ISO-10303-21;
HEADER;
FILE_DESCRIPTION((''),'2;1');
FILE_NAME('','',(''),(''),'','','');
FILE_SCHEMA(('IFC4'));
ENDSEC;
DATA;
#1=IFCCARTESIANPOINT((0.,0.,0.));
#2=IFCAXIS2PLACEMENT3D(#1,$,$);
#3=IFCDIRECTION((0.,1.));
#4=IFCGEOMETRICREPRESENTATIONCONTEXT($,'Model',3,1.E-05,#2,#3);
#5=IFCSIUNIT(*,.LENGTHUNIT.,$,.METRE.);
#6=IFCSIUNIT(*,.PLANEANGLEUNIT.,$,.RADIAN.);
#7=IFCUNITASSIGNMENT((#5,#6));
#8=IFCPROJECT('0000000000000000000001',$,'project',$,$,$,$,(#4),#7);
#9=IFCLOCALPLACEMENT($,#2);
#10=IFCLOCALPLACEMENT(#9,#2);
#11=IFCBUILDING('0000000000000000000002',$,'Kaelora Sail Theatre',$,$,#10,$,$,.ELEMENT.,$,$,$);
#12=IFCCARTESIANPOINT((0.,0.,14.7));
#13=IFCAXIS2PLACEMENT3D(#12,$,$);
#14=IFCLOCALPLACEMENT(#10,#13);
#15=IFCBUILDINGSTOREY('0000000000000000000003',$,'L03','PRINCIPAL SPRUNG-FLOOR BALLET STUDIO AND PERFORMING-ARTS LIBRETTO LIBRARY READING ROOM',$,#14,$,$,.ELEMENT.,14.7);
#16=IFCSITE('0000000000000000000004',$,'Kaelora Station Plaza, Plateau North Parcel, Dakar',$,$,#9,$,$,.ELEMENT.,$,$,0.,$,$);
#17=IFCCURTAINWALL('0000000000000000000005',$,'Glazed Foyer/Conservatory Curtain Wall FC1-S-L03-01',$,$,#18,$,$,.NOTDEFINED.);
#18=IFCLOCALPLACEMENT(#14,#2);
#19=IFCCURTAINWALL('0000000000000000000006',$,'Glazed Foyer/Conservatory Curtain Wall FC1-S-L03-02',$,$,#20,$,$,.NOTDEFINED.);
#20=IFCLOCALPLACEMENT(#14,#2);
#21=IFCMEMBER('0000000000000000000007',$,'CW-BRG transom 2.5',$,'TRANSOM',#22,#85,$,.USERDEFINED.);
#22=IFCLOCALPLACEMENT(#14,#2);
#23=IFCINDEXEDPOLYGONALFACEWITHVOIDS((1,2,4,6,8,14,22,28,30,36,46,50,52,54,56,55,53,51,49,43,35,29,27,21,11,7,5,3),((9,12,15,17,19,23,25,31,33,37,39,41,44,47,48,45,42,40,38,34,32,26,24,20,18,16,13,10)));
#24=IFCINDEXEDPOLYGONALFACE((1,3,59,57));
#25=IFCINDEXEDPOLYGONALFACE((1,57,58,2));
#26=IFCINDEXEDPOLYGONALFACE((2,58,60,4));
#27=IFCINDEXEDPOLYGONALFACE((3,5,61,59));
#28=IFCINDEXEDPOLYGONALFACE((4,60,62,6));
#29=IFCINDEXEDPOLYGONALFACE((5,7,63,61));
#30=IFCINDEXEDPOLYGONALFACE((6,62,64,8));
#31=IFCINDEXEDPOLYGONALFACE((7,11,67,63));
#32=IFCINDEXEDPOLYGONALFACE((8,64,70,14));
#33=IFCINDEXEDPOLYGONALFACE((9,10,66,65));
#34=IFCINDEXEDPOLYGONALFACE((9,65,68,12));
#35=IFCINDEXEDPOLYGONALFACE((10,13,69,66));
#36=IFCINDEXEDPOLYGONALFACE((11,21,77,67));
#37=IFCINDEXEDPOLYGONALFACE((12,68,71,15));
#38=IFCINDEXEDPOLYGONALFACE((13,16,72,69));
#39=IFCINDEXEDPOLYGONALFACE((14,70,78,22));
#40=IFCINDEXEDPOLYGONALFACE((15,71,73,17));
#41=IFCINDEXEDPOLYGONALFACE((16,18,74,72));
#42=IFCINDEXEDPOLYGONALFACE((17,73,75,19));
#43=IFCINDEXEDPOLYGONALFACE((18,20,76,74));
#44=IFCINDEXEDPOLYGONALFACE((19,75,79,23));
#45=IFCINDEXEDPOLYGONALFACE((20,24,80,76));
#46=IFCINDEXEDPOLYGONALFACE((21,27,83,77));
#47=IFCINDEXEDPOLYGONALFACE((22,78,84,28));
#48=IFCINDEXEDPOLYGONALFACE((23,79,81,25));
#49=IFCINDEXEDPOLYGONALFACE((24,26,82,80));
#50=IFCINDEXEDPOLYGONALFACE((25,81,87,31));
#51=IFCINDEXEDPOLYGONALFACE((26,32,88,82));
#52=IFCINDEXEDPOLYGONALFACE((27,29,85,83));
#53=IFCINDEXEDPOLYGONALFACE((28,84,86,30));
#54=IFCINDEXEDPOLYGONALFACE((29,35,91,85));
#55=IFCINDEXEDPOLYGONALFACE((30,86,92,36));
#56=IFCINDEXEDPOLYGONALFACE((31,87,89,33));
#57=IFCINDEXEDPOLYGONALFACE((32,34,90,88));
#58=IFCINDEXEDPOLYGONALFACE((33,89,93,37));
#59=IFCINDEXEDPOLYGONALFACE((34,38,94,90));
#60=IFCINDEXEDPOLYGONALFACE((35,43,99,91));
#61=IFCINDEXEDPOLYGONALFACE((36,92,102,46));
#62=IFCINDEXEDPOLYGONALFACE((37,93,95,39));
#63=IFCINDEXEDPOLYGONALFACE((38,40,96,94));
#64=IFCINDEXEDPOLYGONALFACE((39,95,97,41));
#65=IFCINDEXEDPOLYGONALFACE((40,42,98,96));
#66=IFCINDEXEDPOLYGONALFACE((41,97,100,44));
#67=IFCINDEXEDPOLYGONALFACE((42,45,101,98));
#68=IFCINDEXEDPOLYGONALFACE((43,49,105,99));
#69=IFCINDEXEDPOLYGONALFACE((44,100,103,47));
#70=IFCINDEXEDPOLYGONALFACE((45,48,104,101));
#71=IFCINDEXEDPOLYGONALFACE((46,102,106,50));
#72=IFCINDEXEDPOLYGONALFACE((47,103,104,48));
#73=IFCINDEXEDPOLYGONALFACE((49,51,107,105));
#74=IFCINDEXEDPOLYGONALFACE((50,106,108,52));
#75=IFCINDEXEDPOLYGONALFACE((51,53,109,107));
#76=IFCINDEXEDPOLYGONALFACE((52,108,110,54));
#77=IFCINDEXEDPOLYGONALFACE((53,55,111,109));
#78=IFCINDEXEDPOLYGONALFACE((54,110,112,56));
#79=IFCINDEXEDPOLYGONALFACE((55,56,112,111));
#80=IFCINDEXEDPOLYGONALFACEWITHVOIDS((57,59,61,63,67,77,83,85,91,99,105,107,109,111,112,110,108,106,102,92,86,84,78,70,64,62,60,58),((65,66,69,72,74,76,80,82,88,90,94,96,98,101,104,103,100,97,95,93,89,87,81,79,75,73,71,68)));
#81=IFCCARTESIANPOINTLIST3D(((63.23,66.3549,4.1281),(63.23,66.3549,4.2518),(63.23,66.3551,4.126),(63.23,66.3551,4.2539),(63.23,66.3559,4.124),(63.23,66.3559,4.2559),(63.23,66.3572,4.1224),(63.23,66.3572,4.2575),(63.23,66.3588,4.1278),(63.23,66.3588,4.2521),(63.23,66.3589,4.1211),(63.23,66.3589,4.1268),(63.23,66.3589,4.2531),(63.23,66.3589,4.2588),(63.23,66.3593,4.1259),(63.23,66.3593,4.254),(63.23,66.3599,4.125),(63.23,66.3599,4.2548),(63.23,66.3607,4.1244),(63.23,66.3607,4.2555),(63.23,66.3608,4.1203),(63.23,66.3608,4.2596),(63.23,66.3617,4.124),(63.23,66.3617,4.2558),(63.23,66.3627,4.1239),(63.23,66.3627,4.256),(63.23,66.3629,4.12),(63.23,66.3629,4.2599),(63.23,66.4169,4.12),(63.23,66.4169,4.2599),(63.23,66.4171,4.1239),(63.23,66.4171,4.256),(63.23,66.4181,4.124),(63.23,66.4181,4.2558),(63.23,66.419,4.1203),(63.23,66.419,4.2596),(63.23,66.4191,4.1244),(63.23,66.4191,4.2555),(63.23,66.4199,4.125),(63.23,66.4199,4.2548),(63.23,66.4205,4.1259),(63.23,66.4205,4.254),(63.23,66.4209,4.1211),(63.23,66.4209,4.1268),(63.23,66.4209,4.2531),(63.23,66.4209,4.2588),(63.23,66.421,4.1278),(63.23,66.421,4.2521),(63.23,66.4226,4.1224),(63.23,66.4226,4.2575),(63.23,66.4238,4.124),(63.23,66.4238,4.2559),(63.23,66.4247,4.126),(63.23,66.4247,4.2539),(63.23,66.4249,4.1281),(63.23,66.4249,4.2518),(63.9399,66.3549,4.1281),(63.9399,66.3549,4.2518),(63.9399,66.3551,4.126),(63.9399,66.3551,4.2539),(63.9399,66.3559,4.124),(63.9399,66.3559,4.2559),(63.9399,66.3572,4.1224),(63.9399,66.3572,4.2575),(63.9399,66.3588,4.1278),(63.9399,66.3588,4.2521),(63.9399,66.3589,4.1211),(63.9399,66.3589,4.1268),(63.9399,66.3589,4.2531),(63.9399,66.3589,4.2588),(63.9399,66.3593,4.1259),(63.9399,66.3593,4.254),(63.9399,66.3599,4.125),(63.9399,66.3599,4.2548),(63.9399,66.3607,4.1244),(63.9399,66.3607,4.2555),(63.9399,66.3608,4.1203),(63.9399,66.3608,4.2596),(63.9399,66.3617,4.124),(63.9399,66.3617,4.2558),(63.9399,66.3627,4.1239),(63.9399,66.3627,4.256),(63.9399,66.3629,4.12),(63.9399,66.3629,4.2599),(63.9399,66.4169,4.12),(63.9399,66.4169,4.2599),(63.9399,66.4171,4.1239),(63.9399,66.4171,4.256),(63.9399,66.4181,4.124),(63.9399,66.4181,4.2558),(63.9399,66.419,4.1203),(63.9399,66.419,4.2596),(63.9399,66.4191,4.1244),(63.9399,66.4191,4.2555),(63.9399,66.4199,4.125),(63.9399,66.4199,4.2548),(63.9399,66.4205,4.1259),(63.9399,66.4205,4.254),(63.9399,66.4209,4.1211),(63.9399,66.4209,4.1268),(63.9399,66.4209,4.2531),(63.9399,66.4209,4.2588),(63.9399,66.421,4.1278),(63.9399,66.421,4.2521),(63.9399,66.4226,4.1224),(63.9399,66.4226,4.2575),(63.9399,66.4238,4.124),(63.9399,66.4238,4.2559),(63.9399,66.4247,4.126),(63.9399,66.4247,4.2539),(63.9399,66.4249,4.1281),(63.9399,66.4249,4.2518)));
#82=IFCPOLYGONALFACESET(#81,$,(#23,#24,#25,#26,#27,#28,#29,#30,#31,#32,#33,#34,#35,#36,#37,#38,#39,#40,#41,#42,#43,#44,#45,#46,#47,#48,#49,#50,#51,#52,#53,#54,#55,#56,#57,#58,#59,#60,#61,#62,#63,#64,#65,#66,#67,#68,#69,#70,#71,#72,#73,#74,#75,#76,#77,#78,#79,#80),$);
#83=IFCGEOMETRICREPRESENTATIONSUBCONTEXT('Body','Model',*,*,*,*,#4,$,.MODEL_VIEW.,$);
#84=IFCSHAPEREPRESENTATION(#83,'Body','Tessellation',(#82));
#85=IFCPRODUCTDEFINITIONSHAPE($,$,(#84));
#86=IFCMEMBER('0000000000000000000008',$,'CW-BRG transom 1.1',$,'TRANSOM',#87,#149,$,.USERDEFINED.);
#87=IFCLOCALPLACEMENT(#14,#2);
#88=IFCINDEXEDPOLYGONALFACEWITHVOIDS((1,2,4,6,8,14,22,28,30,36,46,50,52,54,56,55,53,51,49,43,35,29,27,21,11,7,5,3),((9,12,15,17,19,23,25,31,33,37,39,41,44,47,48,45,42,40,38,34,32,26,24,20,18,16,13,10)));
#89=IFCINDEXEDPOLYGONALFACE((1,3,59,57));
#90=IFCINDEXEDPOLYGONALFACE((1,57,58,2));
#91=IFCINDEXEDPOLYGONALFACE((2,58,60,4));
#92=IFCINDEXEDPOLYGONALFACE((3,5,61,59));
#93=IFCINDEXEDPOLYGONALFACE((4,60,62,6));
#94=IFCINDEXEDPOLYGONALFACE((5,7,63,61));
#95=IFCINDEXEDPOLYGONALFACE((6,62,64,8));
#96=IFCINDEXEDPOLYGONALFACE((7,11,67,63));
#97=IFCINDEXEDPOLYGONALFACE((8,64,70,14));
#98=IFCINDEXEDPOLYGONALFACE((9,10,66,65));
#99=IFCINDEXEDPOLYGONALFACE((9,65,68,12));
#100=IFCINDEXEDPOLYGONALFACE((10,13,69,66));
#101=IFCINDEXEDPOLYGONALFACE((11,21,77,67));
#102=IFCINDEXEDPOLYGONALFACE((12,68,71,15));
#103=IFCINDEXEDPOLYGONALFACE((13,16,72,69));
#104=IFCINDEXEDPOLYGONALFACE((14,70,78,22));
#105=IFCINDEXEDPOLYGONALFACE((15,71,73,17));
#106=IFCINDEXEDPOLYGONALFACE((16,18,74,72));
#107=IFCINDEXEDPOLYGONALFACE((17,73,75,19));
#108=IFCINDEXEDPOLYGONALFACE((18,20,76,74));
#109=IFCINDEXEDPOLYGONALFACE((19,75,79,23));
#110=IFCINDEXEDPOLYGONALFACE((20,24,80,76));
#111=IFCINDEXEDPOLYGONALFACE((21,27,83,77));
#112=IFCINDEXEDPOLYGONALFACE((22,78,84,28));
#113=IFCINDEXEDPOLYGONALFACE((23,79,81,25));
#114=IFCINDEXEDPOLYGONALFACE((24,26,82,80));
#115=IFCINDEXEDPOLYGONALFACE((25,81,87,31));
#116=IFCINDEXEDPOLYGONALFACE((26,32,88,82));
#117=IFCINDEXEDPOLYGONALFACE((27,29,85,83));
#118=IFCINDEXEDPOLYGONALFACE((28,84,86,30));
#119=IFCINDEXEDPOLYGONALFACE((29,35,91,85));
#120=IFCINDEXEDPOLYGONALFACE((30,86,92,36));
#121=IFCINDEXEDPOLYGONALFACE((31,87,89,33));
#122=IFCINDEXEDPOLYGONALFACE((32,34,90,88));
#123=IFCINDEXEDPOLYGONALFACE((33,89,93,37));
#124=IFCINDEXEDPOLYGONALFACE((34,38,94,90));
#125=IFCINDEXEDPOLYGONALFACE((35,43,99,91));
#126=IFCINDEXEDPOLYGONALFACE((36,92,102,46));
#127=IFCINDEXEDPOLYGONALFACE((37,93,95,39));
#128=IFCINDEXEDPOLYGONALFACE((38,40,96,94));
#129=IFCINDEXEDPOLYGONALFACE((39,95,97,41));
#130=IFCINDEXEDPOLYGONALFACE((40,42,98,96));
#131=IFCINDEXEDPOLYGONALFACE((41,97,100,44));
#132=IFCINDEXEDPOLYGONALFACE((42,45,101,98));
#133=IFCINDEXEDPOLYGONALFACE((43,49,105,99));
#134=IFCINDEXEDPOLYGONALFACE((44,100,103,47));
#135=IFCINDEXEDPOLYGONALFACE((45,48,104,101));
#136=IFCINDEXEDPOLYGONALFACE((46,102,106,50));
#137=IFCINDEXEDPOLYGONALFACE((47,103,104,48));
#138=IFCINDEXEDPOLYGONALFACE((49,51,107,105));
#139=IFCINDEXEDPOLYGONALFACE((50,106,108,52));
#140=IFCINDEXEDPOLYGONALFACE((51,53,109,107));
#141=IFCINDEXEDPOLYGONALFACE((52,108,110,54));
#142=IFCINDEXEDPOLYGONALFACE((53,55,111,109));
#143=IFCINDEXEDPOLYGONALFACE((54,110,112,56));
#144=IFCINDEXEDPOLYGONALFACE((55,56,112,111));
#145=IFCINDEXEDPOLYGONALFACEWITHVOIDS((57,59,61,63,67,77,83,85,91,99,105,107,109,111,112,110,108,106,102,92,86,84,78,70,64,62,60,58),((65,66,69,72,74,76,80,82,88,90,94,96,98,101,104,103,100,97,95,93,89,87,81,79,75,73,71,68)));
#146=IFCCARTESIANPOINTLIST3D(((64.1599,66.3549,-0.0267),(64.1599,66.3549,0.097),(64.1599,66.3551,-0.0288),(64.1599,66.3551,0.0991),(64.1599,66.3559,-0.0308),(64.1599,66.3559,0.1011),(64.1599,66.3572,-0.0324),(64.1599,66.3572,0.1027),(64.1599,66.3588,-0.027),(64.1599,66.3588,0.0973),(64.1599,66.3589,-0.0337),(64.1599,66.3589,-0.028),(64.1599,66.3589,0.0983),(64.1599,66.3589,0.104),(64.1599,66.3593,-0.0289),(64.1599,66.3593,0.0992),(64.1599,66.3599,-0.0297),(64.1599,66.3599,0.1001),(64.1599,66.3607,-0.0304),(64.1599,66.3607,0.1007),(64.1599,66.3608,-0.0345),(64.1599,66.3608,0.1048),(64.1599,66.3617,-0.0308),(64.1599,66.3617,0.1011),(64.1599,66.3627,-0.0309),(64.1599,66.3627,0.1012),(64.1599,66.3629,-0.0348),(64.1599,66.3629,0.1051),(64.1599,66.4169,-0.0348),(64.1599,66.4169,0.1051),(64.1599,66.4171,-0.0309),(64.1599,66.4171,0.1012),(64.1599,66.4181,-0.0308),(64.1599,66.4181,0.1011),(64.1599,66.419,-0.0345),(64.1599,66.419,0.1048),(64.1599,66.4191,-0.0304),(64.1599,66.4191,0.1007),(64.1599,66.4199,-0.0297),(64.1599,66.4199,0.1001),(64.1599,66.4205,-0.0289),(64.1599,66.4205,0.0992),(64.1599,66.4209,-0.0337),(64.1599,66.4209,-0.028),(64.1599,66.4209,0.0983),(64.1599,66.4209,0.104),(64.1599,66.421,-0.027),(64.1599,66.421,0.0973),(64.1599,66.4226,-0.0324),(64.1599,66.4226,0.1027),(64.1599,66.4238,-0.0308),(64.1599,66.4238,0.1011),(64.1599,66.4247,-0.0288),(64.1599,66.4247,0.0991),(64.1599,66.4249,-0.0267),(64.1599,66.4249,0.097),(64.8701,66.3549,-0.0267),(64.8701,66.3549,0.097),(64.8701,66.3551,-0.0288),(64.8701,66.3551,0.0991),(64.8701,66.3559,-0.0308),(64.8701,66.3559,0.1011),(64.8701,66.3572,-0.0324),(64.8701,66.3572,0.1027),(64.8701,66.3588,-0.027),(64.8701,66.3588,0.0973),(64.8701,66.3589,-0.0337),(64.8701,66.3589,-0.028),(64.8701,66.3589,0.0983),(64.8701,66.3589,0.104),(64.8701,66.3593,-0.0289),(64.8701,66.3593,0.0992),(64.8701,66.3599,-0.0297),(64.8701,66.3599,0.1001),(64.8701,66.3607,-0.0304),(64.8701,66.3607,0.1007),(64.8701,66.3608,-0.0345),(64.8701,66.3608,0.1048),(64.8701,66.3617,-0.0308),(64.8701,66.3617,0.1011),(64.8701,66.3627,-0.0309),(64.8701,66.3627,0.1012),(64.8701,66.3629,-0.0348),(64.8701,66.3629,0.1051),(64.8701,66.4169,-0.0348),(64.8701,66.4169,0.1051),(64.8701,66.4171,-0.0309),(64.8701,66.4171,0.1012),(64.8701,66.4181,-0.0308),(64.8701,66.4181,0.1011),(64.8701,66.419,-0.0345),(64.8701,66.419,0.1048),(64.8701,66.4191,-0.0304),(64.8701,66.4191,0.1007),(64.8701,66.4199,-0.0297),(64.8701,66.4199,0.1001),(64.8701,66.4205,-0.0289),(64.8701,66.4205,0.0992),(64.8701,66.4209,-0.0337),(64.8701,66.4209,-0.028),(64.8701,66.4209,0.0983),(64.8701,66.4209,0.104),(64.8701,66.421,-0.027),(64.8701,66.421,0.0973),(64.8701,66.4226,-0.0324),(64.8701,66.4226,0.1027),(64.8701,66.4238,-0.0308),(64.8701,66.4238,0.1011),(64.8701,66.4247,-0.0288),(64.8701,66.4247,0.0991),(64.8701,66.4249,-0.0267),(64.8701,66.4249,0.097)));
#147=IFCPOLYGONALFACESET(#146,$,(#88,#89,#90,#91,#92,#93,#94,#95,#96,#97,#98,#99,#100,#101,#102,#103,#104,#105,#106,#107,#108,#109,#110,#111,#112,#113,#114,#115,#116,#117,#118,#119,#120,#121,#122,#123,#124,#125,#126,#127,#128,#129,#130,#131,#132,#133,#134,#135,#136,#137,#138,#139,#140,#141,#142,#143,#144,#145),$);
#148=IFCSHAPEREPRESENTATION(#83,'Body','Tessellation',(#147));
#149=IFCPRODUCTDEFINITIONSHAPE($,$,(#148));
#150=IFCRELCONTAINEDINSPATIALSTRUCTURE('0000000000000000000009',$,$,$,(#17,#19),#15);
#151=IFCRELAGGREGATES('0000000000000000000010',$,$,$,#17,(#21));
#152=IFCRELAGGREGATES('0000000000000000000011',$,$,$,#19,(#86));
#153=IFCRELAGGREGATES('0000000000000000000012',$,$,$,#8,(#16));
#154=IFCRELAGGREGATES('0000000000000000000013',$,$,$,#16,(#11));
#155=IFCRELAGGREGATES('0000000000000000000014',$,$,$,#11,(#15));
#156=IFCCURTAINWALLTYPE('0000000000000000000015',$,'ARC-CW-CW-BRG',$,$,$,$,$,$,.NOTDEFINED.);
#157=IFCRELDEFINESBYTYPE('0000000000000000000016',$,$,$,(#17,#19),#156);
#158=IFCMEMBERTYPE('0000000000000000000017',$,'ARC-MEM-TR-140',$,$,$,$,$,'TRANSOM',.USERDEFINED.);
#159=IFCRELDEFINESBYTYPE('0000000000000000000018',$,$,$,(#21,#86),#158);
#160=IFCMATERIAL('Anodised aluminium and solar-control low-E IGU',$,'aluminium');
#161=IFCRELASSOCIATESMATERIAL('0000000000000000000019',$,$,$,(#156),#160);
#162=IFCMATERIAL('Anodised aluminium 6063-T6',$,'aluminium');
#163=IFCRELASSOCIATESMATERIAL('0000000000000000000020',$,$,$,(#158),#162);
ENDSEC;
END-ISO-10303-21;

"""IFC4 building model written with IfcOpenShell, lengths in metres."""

from ifc_helpers import new_model, si_unit, direction, frame, origin, origin_2d, place, context, subcontext, project, spatial, hollow_rectangle, extrude, material, material_profile, profile_set, type_object, element, aggregate, save


model = new_model("IFC4")

# Units and contexts
model_context = context("Model", 3, precision=1e-05, world=origin(), true_north=direction((0.0, 1.0)))
body_context = subcontext(model_context, "Body", "Model", "MODEL_VIEW")
ifc_project = project(units=[si_unit("LENGTHUNIT", "METRE"), si_unit("PLANEANGLEUNIT", "RADIAN")], contexts=[model_context])

# Site, building, storey
site_placement = place(None, origin())
site = spatial("IfcSite", under=ifc_project, at=site_placement, Name="Kaelora Station Plaza, Plateau North Parcel, Dakar", CompositionType="ELEMENT", RefElevation=0.0)
building_placement = place(site_placement, origin())
building = spatial("IfcBuilding", under=site, at=building_placement, Name="Kaelora Sail Theatre", CompositionType="ELEMENT")
storey_placement = place(building_placement, frame((0.0, 0.0, 14.7)))
storey = spatial("IfcBuildingStorey", under=building, at=storey_placement, Name="L03", Description="PRINCIPAL SPRUNG-FLOOR BALLET STUDIO AND PERFORMING-ARTS LIBRETTO LIBRARY READING ROOM", CompositionType="ELEMENT", Elevation=14.7)

# Curtain wall
ifc_material_1 = material(Name="Anodised aluminium and solar-control low-E IGU", Category="aluminium")
curtain_wall_type = type_object("IfcCurtainWallType", Name="ARC-CW-CW-BRG", PredefinedType="NOTDEFINED", material=ifc_material_1)
curtain_wall_1_placement = place(storey_placement, origin())
curtain_wall_1 = element("IfcCurtainWall", 1, at=curtain_wall_1_placement, inside=storey, type_object=curtain_wall_type, Name="Glazed Foyer/Conservatory Curtain Wall FC1-S-L03-01", PredefinedType="NOTDEFINED")

# Curtain wall
curtain_wall_2_placement = place(storey_placement, origin())
curtain_wall_2 = element("IfcCurtainWall", 2, at=curtain_wall_2_placement, inside=storey, type_object=curtain_wall_type, Name="Glazed Foyer/Conservatory Curtain Wall FC1-S-L03-02", PredefinedType="NOTDEFINED")

# Members
ifc_material_2 = material(Name="Anodised aluminium 6063-T6", Category="aluminium")
ifc_material_profile_1 = material_profile(ifc_material_2, hollow_rectangle(XDim=0.0701, YDim=0.1399, WallThickness=0.0039, InnerFilletRadius=0.0039, OuterFilletRadius=0.0081, at=origin_2d()), Name="ALU-TRAN 70x140x4")
ifc_profile_set_1 = profile_set([ifc_material_profile_1], Name="Anodised aluminium 6063-T6")
member_type_1 = type_object("IfcMemberType", Name="ARC-MEM-TR-140", ElementType="TRANSOM", PredefinedType="USERDEFINED", material=ifc_profile_set_1)
member_1_placement = place(storey_placement, frame((63.23, 66.3899, 4.1899), z_axis=(1.0, 0.0, 0.0), x_axis=(0.0, 1.0, 0.0)))
member_1 = element("IfcMember", 3, at=member_1_placement, type_object=member_type_1, Name="CW-BRG transom 2.5", ObjectType="TRANSOM", PredefinedType="USERDEFINED", context=body_context, shape_type="SweptSolid", body=[
    extrude(hollow_rectangle(XDim=0.0701, YDim=0.1399, WallThickness=0.0039, InnerFilletRadius=0.0039, OuterFilletRadius=0.0081, at=origin_2d()), origin(), (0.0, 0.0, 1.0), 0.71),
])
member_2_placement = place(storey_placement, frame((64.1599, 66.3899, 0.0352), z_axis=(1.0, 0.0, 0.0), x_axis=(0.0, 1.0, 0.0)))
member_2 = element("IfcMember", 4, at=member_2_placement, type_object=member_type_1, Name="CW-BRG transom 1.1", ObjectType="TRANSOM", PredefinedType="USERDEFINED", context=body_context, shape_type="SweptSolid", body=[
    extrude(hollow_rectangle(XDim=0.0701, YDim=0.1399, WallThickness=0.0039, InnerFilletRadius=0.0039, OuterFilletRadius=0.0081, at=origin_2d()), origin(), (0.0, 0.0, 1.0), 0.7102),
])

aggregate(curtain_wall_1, [member_1])
aggregate(curtain_wall_2, [member_2])

save(model, "model.ifc")
